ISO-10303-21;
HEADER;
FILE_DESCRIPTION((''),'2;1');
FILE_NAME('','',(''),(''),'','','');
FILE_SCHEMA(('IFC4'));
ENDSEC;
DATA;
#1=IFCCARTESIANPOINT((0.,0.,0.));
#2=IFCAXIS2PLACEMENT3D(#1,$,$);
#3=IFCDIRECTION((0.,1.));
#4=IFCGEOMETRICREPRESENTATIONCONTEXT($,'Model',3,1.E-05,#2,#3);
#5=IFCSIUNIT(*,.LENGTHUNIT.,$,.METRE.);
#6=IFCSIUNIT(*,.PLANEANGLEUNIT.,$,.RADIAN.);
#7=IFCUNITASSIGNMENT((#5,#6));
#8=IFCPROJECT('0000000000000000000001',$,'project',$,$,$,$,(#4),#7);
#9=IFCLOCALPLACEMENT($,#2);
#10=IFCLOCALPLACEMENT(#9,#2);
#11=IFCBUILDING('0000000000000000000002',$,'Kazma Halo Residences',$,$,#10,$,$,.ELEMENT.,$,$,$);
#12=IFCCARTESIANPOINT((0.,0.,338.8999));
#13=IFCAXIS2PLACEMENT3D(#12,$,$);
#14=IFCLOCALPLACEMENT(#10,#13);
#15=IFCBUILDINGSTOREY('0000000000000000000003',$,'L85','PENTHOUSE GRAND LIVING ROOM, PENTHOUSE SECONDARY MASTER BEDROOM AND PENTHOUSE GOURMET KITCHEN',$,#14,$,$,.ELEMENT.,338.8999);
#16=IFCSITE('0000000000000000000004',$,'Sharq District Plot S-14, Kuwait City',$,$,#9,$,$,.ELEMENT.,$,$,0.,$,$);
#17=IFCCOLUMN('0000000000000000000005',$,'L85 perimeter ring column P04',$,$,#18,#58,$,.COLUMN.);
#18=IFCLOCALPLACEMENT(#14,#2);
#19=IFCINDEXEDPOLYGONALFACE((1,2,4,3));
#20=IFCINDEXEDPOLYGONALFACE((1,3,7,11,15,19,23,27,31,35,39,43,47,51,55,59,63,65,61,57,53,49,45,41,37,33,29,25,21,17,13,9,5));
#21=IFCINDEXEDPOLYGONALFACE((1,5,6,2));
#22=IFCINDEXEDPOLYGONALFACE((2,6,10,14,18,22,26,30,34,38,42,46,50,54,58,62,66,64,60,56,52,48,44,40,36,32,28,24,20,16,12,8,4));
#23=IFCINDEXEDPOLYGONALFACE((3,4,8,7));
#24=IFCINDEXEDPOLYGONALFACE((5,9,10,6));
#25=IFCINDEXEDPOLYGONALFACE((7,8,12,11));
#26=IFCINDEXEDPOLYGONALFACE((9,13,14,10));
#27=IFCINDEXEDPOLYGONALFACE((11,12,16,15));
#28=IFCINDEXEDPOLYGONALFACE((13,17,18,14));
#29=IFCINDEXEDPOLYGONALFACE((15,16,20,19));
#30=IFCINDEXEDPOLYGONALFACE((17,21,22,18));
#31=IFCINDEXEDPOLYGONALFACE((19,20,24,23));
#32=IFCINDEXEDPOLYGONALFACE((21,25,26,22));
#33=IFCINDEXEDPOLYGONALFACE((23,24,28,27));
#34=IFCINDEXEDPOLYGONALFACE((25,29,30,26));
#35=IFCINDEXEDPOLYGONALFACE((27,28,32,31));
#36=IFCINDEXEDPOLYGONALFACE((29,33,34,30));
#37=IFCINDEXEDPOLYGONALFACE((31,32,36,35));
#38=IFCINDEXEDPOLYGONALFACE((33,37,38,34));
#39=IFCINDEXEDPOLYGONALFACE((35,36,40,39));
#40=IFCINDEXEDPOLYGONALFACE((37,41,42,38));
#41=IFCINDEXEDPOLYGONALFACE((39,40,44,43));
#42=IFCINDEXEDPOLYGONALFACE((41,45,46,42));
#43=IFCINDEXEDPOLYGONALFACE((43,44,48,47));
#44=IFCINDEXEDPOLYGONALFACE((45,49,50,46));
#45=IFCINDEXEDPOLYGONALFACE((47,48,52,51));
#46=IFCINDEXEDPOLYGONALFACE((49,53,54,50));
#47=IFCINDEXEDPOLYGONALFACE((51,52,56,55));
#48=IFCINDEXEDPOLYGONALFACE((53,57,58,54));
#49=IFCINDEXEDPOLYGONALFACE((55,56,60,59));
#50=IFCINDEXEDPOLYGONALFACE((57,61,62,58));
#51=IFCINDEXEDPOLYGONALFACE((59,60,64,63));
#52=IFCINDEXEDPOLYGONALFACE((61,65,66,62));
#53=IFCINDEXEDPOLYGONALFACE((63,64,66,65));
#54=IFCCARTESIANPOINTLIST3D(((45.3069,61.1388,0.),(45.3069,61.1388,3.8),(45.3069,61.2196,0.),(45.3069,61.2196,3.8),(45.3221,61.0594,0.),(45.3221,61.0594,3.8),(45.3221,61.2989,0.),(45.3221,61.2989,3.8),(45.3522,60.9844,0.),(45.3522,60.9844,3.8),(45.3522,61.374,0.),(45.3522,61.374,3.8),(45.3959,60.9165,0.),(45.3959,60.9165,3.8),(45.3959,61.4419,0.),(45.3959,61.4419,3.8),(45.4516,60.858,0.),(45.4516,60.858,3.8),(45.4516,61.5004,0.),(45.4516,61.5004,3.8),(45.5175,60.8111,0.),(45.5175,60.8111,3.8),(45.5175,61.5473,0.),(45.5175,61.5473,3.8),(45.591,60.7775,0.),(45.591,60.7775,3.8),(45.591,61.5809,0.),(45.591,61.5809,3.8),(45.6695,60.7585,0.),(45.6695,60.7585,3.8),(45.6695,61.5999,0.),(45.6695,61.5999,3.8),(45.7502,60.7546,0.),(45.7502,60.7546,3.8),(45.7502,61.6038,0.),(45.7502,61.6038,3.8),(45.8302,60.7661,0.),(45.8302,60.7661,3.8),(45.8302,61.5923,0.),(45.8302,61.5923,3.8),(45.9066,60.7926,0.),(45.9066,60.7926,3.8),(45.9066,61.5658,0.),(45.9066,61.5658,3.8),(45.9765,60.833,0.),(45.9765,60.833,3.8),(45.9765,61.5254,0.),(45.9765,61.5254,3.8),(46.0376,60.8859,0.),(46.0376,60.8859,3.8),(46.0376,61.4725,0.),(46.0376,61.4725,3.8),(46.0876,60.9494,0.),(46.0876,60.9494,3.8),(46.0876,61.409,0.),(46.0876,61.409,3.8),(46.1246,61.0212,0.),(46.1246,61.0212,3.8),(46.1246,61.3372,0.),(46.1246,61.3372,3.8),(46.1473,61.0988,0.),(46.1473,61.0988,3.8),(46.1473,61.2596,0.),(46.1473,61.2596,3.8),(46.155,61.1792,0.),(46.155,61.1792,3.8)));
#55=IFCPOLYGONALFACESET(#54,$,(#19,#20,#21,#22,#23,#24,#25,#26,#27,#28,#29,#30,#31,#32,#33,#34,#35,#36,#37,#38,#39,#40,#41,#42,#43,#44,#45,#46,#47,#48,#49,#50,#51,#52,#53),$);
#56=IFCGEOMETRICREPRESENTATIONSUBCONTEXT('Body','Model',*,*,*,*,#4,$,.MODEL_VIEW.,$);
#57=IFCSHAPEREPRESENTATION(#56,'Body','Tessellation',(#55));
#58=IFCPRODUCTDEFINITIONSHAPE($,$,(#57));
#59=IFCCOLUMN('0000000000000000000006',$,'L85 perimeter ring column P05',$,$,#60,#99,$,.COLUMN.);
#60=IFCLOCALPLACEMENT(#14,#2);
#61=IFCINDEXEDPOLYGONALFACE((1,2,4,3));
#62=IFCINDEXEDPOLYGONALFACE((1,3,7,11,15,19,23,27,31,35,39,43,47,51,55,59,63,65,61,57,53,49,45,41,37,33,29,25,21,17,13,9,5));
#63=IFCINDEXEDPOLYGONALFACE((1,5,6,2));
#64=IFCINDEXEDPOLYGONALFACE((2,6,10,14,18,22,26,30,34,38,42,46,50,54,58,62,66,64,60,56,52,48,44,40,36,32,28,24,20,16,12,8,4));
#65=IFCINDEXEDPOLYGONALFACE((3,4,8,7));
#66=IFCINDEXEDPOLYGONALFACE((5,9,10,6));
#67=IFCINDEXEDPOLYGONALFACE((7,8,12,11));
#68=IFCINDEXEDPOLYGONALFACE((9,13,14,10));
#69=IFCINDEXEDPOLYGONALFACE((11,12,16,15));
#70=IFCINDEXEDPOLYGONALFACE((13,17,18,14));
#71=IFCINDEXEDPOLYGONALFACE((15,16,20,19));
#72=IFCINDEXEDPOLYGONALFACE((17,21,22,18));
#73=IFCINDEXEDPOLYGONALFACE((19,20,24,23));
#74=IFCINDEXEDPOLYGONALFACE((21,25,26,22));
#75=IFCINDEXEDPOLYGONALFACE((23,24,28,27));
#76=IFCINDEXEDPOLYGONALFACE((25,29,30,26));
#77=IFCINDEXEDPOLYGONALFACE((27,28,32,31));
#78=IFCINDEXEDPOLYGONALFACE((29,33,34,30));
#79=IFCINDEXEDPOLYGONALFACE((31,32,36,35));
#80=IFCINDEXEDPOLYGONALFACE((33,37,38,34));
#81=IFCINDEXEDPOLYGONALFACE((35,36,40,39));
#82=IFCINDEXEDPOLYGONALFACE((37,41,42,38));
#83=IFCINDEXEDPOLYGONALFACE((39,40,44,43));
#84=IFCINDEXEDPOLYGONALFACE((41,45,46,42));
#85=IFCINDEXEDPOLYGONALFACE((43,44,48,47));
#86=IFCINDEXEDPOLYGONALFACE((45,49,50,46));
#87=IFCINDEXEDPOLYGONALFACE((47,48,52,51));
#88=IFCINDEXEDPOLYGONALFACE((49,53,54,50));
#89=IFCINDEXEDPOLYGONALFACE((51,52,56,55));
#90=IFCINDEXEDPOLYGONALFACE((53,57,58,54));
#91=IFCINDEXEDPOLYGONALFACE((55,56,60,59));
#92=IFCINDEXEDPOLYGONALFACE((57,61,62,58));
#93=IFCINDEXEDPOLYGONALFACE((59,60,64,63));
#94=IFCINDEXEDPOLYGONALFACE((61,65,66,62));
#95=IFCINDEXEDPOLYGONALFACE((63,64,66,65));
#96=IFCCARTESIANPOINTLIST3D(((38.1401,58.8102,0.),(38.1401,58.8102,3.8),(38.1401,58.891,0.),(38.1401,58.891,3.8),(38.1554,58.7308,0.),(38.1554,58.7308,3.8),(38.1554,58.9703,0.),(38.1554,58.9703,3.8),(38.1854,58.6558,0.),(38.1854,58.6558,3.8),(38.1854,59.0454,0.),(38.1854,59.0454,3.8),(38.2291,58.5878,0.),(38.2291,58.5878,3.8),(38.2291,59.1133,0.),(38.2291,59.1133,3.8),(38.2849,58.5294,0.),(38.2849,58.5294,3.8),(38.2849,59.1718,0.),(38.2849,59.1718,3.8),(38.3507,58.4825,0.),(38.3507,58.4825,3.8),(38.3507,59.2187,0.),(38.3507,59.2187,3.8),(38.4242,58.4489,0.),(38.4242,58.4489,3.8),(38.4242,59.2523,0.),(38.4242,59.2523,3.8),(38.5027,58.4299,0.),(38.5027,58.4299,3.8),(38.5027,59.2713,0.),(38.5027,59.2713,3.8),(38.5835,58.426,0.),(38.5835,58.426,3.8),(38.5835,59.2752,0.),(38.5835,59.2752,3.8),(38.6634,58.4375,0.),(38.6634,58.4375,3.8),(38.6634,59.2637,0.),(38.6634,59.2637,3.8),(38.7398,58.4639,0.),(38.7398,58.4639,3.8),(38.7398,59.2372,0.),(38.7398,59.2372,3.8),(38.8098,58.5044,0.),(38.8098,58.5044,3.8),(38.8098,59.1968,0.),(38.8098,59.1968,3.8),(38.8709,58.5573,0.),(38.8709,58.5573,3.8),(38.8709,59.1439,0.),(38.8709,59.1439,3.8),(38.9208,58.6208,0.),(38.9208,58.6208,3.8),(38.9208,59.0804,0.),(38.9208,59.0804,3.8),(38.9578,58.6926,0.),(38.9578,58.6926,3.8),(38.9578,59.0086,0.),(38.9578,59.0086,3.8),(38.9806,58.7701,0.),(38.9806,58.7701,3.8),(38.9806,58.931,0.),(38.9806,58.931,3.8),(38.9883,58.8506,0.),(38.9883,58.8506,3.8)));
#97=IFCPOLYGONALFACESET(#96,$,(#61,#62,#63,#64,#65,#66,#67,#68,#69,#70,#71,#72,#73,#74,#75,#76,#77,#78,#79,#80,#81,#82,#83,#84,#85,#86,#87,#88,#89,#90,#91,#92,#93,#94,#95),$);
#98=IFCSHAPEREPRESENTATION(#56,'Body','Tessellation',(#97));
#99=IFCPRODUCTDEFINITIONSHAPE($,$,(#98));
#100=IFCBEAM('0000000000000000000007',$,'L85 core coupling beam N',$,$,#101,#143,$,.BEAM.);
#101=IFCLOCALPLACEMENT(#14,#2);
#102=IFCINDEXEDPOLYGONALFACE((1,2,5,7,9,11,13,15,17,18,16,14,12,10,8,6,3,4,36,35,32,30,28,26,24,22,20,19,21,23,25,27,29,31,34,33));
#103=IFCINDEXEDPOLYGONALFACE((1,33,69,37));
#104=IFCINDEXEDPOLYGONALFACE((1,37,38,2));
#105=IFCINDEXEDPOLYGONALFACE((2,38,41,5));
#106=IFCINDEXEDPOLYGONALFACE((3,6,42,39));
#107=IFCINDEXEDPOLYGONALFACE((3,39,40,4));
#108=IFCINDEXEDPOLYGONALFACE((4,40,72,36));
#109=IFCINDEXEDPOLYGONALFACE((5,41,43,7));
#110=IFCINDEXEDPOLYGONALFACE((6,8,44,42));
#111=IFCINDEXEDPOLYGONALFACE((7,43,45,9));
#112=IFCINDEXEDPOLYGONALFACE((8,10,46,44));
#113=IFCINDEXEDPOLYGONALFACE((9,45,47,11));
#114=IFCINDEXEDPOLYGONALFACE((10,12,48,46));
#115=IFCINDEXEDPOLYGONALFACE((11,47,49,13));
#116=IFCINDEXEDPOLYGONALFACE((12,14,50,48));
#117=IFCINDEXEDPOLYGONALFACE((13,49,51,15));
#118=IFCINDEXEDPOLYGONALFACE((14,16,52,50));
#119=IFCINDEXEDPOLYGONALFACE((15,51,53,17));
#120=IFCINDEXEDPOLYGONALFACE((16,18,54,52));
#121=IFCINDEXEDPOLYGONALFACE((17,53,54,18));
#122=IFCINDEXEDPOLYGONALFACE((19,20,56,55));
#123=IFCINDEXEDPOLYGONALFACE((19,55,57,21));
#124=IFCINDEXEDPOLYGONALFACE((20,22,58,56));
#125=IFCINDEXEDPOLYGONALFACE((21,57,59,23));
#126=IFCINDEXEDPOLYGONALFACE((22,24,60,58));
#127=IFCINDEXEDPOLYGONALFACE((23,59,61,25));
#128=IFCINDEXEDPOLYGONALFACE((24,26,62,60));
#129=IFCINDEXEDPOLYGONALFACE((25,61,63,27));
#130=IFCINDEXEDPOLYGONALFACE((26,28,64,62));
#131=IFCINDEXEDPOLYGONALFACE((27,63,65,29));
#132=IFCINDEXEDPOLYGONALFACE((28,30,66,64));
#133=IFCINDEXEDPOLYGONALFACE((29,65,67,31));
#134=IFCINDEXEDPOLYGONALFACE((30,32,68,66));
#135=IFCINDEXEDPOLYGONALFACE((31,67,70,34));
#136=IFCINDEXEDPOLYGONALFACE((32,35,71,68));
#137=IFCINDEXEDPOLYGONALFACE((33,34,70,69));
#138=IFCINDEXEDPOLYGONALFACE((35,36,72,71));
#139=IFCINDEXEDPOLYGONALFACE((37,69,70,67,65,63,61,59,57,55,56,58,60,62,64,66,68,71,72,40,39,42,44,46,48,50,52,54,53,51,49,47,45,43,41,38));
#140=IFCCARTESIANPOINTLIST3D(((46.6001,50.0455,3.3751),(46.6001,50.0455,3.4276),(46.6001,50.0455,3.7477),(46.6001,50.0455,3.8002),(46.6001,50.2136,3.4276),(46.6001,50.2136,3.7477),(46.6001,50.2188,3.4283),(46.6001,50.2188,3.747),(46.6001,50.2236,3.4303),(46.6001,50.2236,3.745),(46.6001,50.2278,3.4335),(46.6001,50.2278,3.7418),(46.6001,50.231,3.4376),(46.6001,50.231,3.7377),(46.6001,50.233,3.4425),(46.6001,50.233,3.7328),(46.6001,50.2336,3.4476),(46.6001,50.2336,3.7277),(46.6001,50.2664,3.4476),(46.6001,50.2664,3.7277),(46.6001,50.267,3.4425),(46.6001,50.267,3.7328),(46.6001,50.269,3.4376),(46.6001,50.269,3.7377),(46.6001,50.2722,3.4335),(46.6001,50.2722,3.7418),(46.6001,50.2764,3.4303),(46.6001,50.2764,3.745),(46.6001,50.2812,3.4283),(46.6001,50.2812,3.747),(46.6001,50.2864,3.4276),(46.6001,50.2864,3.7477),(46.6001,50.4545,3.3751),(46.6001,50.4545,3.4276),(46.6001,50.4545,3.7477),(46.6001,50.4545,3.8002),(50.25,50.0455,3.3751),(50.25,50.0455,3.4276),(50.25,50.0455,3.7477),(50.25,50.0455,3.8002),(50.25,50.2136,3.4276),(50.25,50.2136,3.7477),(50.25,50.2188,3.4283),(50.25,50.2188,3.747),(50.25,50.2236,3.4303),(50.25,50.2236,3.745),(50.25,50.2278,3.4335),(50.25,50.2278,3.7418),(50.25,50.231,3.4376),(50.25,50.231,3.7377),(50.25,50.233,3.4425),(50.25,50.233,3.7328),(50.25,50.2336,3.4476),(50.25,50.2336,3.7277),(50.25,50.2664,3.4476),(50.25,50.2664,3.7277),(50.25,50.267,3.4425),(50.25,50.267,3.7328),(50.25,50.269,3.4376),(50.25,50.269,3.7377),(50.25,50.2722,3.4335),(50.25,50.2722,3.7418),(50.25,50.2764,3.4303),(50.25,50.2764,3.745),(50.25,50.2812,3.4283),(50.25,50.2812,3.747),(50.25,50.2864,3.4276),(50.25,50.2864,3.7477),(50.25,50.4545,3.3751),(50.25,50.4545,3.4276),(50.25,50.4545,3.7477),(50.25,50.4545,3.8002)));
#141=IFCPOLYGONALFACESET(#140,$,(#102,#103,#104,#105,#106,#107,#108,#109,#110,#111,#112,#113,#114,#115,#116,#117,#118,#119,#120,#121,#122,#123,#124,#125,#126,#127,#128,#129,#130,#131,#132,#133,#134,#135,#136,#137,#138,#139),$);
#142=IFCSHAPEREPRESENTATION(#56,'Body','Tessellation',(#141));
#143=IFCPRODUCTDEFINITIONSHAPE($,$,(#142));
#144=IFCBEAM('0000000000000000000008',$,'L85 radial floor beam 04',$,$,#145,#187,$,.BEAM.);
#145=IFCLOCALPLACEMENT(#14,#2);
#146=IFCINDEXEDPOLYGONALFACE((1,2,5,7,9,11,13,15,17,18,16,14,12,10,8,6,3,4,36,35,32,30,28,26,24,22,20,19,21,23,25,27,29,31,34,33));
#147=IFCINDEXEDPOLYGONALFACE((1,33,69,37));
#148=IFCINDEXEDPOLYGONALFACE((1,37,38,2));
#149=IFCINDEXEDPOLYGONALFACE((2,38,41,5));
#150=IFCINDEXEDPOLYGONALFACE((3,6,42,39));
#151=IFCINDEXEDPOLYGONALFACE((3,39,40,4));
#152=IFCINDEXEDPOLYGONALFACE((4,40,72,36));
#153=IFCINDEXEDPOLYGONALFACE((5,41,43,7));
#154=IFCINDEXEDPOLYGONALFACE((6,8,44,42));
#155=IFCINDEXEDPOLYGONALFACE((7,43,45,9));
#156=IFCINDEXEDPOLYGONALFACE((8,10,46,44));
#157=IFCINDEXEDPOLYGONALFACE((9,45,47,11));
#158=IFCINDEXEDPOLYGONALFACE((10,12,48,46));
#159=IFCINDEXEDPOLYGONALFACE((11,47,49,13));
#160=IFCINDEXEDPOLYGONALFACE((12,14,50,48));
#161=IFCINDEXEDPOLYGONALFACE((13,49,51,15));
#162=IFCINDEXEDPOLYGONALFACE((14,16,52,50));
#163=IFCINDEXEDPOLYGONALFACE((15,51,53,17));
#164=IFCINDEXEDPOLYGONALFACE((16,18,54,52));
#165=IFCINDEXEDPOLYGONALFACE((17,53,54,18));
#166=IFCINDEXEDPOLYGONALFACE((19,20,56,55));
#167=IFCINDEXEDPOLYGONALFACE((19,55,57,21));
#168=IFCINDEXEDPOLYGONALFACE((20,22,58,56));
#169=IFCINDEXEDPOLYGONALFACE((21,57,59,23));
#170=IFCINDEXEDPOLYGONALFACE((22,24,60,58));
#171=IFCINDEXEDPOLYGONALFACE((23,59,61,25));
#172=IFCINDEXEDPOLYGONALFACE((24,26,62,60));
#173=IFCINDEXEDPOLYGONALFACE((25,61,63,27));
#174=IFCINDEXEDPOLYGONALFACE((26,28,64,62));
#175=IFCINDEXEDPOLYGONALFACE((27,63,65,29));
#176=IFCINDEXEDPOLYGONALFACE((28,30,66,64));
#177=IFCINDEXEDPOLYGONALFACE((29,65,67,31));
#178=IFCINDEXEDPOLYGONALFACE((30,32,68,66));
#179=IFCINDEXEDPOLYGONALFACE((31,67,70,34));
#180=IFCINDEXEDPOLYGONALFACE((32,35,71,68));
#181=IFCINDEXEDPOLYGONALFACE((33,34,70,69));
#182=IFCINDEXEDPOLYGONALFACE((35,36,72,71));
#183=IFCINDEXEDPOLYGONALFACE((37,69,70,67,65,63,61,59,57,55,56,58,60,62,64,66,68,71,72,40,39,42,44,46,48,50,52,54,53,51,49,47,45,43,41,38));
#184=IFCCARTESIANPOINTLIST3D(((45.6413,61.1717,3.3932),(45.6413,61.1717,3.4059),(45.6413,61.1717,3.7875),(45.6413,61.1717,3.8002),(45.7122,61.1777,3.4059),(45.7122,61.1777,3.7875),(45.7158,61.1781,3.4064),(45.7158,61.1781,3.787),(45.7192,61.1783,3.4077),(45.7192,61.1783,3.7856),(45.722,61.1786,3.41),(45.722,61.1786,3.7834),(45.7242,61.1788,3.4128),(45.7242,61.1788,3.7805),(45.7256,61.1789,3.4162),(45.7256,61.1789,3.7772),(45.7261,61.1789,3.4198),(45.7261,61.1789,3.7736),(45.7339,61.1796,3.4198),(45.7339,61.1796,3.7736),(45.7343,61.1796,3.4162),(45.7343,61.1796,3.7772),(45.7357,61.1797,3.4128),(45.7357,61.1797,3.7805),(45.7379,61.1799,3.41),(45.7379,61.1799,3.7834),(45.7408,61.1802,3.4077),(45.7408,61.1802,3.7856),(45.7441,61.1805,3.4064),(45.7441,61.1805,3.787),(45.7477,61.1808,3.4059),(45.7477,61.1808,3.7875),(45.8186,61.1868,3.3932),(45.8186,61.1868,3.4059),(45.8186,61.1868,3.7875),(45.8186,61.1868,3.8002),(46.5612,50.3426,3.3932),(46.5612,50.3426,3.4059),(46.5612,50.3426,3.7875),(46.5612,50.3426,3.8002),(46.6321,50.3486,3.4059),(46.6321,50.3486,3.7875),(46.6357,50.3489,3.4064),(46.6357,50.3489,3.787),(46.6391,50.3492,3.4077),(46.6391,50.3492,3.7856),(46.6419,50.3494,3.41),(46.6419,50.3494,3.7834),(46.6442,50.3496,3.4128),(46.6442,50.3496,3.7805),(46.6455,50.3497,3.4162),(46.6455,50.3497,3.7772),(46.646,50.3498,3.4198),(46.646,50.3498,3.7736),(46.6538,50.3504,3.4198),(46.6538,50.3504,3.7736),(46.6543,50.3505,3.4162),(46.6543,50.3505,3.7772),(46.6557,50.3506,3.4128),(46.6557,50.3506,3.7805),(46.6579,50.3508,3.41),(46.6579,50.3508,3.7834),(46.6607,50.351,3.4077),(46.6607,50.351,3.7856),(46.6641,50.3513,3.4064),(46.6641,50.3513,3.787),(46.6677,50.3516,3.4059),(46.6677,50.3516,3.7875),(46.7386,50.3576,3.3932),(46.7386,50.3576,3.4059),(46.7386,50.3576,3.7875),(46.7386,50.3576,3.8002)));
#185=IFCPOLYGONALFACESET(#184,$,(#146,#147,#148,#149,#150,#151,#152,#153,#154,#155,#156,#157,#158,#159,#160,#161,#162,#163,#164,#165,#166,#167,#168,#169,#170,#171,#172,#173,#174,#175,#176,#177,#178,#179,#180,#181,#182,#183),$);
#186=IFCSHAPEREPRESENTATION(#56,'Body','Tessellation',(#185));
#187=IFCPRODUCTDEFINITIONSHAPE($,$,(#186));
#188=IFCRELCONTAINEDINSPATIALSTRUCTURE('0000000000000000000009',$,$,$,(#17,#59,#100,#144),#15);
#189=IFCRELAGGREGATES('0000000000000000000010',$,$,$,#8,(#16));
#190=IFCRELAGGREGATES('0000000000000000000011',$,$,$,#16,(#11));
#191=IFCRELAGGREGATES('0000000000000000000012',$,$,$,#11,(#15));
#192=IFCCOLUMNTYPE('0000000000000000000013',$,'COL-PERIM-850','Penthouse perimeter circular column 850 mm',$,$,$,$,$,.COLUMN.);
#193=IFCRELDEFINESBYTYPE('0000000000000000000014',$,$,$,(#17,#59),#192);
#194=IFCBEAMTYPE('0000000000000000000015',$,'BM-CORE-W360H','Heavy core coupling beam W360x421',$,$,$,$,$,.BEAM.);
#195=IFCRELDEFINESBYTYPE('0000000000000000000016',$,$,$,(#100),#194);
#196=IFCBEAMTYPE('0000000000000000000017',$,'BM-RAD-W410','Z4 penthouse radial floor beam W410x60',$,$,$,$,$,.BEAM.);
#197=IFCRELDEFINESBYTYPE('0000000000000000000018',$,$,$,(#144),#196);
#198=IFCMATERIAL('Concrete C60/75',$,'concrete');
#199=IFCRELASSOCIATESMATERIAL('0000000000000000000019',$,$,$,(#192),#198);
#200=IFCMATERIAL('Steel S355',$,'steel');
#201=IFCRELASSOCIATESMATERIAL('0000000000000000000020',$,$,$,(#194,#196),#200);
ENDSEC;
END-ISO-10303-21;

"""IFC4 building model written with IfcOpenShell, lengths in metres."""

from ifc_helpers import new_model, si_unit, direction, frame, origin, origin_2d, place, context, subcontext, project, spatial, circle, i_section, extrude, material, material_profile, profile_set, type_object, element, save


model = new_model("IFC4")

# Units and contexts
model_context = context("Model", 3, precision=1e-05, world=origin(), true_north=direction((0.0, 1.0)))
body_context = subcontext(model_context, "Body", "Model", "MODEL_VIEW")
ifc_project = project(units=[si_unit("LENGTHUNIT", "METRE"), si_unit("PLANEANGLEUNIT", "RADIAN")], contexts=[model_context])

# Site, building, storey
site_placement = place(None, origin())
site = spatial("IfcSite", under=ifc_project, at=site_placement, Name="Sharq District Plot S-14, Kuwait City", CompositionType="ELEMENT", RefElevation=0.0)
building_placement = place(site_placement, origin())
building = spatial("IfcBuilding", under=site, at=building_placement, Name="Kazma Halo Residences", CompositionType="ELEMENT")
storey_placement = place(building_placement, frame((0.0, 0.0, 338.8999)))
storey = spatial("IfcBuildingStorey", under=building, at=storey_placement, Name="L85", Description="PENTHOUSE GRAND LIVING ROOM, PENTHOUSE SECONDARY MASTER BEDROOM AND PENTHOUSE GOURMET KITCHEN", CompositionType="ELEMENT", Elevation=338.8999)

# Columns
ifc_material_1 = material(Name="Concrete C60/75", Category="concrete")
ifc_material_profile_1 = material_profile(ifc_material_1, circle(Radius=0.425, at=origin_2d()), Name="CIRC850")
ifc_profile_set_1 = profile_set([ifc_material_profile_1], Name="Concrete C60/75")
column_type = type_object("IfcColumnType", Name="COL-PERIM-850", Description="Penthouse perimeter circular column 850 mm", PredefinedType="COLUMN", material=ifc_profile_set_1)
for number, where, z_axis, x_axis, name in (
    (1, (45.73, 61.1792, 0.0), (0.0, 0.0, 1.0), (1.0, 0.0, 0.0), "L85 perimeter ring column P04"),
    (2, (38.5632, 58.8506, 0.0), (0.0, 0.0, 1.0), (1.0, 0.0, 0.0), "L85 perimeter ring column P05"),
):
    element("IfcColumn", number, at=place(storey_placement, frame(where, z_axis=z_axis, x_axis=x_axis)), inside=storey, type_object=column_type, Name=name, PredefinedType="COLUMN", context=body_context, shape_type="SweptSolid", body=[
        extrude(circle(Radius=0.425, at=origin_2d()), origin(), (0.0, 0.0, 1.0), 3.8),
    ])

# Beams
ifc_material_2 = material(Name="Steel S355", Category="steel")
ifc_material_profile_2 = material_profile(ifc_material_2, i_section(OverallWidth=0.4089, OverallDepth=0.425, WebThickness=0.0327, FlangeThickness=0.0525, FilletRadius=0.02, at=origin_2d()), Name="W360x421")
ifc_profile_set_2 = profile_set([ifc_material_profile_2], Name="Steel S355")
beam_type_1 = type_object("IfcBeamType", Name="BM-CORE-W360H", Description="Heavy core coupling beam W360x421", PredefinedType="BEAM", material=ifc_profile_set_2)
beam_1_placement = place(storey_placement, frame((46.6001, 50.25, 3.5876), z_axis=(1.0, 0.0, 0.0), x_axis=(0.0, 1.0, 0.0)))
element("IfcBeam", 3, at=beam_1_placement, inside=storey, type_object=beam_type_1, Name="L85 core coupling beam N", PredefinedType="BEAM", context=body_context, shape_type="SweptSolid", body=[
    extrude(i_section(OverallWidth=0.4089, OverallDepth=0.425, WebThickness=0.0327, FlangeThickness=0.0525, FilletRadius=0.02, at=origin_2d()), origin(), (0.0, 0.0, 1.0), 3.6499),
])
ifc_material_profile_3 = material_profile(ifc_material_2, i_section(OverallWidth=0.178, OverallDepth=0.407, WebThickness=0.0078, FlangeThickness=0.0127, FilletRadius=0.0139, at=origin_2d()), Name="W410x60")
ifc_profile_set_3 = profile_set([ifc_material_profile_3], Name="Steel S355")
beam_type_2 = type_object("IfcBeamType", Name="BM-RAD-W410", Description="Z4 penthouse radial floor beam W410x60", PredefinedType="BEAM", material=ifc_profile_set_3)
beam_2_placement = place(storey_placement, frame((46.6499, 50.3501, 3.5967), z_axis=(-0.084644, 0.996411, 0.0), x_axis=(-0.996411, -0.084644, 0.0)))
element("IfcBeam", 4, at=beam_2_placement, inside=storey, type_object=beam_type_2, Name="L85 radial floor beam 04", PredefinedType="BEAM", context=body_context, shape_type="SweptSolid", body=[
    extrude(i_section(OverallWidth=0.178, OverallDepth=0.407, WebThickness=0.0078, FlangeThickness=0.0127, FilletRadius=0.0139, at=origin_2d()), origin(), (0.0, 0.0, 1.0), 10.8682),
])

save(model, "model.ifc")
